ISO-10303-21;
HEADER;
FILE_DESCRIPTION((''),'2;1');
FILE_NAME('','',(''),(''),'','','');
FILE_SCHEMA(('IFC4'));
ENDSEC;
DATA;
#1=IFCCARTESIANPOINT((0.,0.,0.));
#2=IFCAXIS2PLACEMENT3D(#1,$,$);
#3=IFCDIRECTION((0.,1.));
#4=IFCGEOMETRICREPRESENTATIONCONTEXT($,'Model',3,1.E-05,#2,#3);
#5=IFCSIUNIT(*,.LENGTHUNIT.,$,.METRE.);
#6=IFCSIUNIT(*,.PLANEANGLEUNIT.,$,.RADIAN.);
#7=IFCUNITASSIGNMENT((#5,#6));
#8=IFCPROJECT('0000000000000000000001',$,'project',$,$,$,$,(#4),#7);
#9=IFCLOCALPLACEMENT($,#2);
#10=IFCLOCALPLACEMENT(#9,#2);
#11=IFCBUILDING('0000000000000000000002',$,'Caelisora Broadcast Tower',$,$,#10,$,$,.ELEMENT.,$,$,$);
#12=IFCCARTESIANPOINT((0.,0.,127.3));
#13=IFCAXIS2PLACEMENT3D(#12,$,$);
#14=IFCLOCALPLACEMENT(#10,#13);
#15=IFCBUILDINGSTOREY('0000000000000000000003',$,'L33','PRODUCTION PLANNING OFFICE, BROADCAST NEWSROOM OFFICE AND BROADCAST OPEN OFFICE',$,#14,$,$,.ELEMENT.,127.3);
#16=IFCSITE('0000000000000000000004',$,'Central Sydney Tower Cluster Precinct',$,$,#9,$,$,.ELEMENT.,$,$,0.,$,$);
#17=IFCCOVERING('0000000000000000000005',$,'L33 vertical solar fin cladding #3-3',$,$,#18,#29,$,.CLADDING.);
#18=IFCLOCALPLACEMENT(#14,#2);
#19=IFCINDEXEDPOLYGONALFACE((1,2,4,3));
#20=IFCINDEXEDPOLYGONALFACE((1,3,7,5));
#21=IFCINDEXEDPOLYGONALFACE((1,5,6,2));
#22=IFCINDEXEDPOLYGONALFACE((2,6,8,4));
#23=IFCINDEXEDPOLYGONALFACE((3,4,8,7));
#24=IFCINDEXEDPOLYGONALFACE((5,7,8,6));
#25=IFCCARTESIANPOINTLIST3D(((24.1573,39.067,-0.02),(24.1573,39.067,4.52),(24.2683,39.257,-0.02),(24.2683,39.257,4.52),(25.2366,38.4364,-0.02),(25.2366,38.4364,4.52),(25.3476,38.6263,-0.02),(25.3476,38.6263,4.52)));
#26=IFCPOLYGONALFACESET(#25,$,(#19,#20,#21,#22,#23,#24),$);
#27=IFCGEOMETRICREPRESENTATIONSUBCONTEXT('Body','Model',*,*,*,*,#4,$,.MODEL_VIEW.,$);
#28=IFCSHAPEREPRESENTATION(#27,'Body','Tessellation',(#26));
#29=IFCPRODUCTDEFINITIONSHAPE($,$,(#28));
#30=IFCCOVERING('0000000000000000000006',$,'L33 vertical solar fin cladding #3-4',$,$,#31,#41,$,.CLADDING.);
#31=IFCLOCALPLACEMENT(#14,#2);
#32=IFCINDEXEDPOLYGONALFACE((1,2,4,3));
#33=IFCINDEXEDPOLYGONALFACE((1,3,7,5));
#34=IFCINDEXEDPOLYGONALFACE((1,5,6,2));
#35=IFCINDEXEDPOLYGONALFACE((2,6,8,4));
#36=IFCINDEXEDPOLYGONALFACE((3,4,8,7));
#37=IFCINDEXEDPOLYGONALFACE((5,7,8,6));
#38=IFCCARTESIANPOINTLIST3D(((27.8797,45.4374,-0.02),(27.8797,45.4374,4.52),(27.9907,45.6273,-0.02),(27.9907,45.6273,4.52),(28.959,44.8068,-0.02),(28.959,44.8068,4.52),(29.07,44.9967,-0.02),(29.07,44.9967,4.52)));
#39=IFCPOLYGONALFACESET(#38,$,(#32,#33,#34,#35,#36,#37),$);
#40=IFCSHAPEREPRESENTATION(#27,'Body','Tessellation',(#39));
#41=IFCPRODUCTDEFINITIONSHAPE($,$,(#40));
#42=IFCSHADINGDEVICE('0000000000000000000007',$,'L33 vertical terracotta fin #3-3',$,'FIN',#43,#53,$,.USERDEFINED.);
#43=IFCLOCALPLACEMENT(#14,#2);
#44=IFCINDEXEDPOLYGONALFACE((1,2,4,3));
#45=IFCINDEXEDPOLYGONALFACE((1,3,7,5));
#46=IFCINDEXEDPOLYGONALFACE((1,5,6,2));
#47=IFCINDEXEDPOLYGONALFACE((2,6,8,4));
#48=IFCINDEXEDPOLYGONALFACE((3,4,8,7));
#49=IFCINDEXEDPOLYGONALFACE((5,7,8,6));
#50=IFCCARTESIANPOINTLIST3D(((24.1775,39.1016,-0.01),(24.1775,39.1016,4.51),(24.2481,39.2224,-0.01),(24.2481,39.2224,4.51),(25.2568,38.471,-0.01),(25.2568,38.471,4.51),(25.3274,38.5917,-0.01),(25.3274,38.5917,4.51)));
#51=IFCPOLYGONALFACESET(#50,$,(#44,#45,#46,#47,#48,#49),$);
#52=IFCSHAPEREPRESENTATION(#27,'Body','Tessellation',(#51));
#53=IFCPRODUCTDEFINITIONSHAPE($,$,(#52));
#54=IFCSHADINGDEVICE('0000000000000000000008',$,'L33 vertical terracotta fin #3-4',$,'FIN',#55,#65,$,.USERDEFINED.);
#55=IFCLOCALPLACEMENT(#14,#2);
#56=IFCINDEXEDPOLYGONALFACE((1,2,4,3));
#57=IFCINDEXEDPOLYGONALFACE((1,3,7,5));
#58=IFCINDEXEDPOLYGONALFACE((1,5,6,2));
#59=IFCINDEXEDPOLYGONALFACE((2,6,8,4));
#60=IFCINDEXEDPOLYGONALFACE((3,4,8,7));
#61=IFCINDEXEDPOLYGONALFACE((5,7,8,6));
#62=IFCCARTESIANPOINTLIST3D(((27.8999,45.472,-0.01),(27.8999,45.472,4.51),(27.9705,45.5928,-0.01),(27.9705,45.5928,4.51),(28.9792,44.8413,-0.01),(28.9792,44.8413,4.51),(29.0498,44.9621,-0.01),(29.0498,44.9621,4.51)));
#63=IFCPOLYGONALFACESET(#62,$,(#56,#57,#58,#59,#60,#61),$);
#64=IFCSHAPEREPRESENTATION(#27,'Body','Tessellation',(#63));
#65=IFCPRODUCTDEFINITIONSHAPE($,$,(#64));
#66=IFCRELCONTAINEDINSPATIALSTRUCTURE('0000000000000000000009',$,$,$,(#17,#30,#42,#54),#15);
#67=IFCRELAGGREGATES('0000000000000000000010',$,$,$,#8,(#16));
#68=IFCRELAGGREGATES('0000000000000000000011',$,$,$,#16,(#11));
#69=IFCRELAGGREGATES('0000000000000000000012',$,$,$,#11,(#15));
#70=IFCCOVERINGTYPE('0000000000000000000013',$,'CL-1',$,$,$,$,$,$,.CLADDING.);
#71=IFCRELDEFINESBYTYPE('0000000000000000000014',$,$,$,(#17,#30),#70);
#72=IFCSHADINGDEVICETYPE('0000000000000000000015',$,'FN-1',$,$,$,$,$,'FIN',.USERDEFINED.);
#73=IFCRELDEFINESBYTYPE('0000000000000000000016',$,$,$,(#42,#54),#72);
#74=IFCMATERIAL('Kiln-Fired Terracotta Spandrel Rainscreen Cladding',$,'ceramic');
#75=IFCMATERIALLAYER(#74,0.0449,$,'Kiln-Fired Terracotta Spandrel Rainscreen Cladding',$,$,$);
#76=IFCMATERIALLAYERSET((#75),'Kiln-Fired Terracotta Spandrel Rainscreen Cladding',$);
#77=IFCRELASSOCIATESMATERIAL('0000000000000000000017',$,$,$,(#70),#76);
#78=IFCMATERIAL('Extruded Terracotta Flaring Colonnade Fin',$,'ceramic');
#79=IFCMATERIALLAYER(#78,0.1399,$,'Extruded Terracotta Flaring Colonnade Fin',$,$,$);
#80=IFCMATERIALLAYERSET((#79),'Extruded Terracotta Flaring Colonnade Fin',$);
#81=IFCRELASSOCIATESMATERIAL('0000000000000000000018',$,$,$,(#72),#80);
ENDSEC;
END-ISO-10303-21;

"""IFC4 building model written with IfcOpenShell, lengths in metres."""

from ifc_helpers import new_model, si_unit, direction, frame, origin, origin_2d, place, context, subcontext, project, spatial, rectangle, extrude, source, transform, mapped, material, layer, layer_set, type_object, type_shapes, element, save


model = new_model("IFC4")

# Units and contexts
model_context = context("Model", 3, precision=1e-05, world=origin(), true_north=direction((0.0, 1.0)))
body_context = subcontext(model_context, "Body", "Model", "MODEL_VIEW")
ifc_project = project(units=[si_unit("LENGTHUNIT", "METRE"), si_unit("PLANEANGLEUNIT", "RADIAN")], contexts=[model_context])

# Site, building, storey
site_placement = place(None, origin())
site = spatial("IfcSite", under=ifc_project, at=site_placement, Name="Central Sydney Tower Cluster Precinct", CompositionType="ELEMENT", RefElevation=0.0)
building_placement = place(site_placement, origin())
building = spatial("IfcBuilding", under=site, at=building_placement, Name="Caelisora Broadcast Tower", CompositionType="ELEMENT")
storey_placement = place(building_placement, frame((0.0, 0.0, 127.3)))
storey = spatial("IfcBuildingStorey", under=building, at=storey_placement, Name="L33", Description="PRODUCTION PLANNING OFFICE, BROADCAST NEWSROOM OFFICE AND BROADCAST OPEN OFFICE", CompositionType="ELEMENT", Elevation=127.3)

# Coverings
ifc_material_1 = material(Name="Kiln-Fired Terracotta Spandrel Rainscreen Cladding", Category="ceramic")
ifc_layer_1 = layer(ifc_material_1, 0.0449, Name="Kiln-Fired Terracotta Spandrel Rainscreen Cladding")
ifc_layer_set_1 = layer_set([ifc_layer_1], Name="Kiln-Fired Terracotta Spandrel Rainscreen Cladding")
covering_type = type_object("IfcCoveringType", Name="CL-1", PredefinedType="CLADDING", material=ifc_layer_set_1)
shared_shape_1 = source(origin(), body_context, "Body", "SweptSolid", [
    extrude(rectangle(XDim=0.22, YDim=1.25, at=origin_2d()), origin(), (0.0, 0.0, 1.0), 4.54),
])
type_shapes(covering_type, [shared_shape_1])
for number, where, z_axis, x_axis, name in (
    (1, (24.7524, 38.8467, -0.02), (0.0, 0.0, 1.0), (0.504528, 0.863396, 0.0), "L33 vertical solar fin cladding #3-3"),
    (2, (28.4749, 45.217, -0.02), (0.0, 0.0, 1.0), (0.504528, 0.863396, 0.0), "L33 vertical solar fin cladding #3-4"),
):
    element("IfcCovering", number, at=place(storey_placement, frame(where, z_axis=z_axis, x_axis=x_axis)), inside=storey, type_object=covering_type, Name=name, PredefinedType="CLADDING", context=body_context, shape_type="MappedRepresentation", body=[
        mapped(shared_shape_1, transform((0.0, 0.0, 0.0), scale=1.0)),
    ])

# Shading devices
ifc_material_2 = material(Name="Extruded Terracotta Flaring Colonnade Fin", Category="ceramic")
ifc_layer_2 = layer(ifc_material_2, 0.1399, Name="Extruded Terracotta Flaring Colonnade Fin")
ifc_layer_set_2 = layer_set([ifc_layer_2], Name="Extruded Terracotta Flaring Colonnade Fin")
shading_device_type = type_object("IfcShadingDeviceType", Name="FN-1", ElementType="FIN", PredefinedType="USERDEFINED", material=ifc_layer_set_2)
shared_shape_2 = source(origin(), body_context, "Body", "SweptSolid", [
    extrude(rectangle(XDim=0.1399, YDim=1.25, at=origin_2d()), origin(), (0.0, 0.0, 1.0), 4.52),
])
type_shapes(shading_device_type, [shared_shape_2])
for number, where, z_axis, x_axis, name in (
    (3, (24.7524, 38.8467, -0.01), (0.0, 0.0, 1.0), (0.504528, 0.863396, 0.0), "L33 vertical terracotta fin #3-3"),
    (4, (28.4749, 45.217, -0.01), (0.0, 0.0, 1.0), (0.504528, 0.863396, 0.0), "L33 vertical terracotta fin #3-4"),
):
    element("IfcShadingDevice", number, at=place(storey_placement, frame(where, z_axis=z_axis, x_axis=x_axis)), inside=storey, type_object=shading_device_type, Name=name, ObjectType="FIN", PredefinedType="USERDEFINED", context=body_context, shape_type="MappedRepresentation", body=[
        mapped(shared_shape_2, transform((0.0, 0.0, 0.0), scale=1.0)),
    ])

save(model, "model.ifc")
